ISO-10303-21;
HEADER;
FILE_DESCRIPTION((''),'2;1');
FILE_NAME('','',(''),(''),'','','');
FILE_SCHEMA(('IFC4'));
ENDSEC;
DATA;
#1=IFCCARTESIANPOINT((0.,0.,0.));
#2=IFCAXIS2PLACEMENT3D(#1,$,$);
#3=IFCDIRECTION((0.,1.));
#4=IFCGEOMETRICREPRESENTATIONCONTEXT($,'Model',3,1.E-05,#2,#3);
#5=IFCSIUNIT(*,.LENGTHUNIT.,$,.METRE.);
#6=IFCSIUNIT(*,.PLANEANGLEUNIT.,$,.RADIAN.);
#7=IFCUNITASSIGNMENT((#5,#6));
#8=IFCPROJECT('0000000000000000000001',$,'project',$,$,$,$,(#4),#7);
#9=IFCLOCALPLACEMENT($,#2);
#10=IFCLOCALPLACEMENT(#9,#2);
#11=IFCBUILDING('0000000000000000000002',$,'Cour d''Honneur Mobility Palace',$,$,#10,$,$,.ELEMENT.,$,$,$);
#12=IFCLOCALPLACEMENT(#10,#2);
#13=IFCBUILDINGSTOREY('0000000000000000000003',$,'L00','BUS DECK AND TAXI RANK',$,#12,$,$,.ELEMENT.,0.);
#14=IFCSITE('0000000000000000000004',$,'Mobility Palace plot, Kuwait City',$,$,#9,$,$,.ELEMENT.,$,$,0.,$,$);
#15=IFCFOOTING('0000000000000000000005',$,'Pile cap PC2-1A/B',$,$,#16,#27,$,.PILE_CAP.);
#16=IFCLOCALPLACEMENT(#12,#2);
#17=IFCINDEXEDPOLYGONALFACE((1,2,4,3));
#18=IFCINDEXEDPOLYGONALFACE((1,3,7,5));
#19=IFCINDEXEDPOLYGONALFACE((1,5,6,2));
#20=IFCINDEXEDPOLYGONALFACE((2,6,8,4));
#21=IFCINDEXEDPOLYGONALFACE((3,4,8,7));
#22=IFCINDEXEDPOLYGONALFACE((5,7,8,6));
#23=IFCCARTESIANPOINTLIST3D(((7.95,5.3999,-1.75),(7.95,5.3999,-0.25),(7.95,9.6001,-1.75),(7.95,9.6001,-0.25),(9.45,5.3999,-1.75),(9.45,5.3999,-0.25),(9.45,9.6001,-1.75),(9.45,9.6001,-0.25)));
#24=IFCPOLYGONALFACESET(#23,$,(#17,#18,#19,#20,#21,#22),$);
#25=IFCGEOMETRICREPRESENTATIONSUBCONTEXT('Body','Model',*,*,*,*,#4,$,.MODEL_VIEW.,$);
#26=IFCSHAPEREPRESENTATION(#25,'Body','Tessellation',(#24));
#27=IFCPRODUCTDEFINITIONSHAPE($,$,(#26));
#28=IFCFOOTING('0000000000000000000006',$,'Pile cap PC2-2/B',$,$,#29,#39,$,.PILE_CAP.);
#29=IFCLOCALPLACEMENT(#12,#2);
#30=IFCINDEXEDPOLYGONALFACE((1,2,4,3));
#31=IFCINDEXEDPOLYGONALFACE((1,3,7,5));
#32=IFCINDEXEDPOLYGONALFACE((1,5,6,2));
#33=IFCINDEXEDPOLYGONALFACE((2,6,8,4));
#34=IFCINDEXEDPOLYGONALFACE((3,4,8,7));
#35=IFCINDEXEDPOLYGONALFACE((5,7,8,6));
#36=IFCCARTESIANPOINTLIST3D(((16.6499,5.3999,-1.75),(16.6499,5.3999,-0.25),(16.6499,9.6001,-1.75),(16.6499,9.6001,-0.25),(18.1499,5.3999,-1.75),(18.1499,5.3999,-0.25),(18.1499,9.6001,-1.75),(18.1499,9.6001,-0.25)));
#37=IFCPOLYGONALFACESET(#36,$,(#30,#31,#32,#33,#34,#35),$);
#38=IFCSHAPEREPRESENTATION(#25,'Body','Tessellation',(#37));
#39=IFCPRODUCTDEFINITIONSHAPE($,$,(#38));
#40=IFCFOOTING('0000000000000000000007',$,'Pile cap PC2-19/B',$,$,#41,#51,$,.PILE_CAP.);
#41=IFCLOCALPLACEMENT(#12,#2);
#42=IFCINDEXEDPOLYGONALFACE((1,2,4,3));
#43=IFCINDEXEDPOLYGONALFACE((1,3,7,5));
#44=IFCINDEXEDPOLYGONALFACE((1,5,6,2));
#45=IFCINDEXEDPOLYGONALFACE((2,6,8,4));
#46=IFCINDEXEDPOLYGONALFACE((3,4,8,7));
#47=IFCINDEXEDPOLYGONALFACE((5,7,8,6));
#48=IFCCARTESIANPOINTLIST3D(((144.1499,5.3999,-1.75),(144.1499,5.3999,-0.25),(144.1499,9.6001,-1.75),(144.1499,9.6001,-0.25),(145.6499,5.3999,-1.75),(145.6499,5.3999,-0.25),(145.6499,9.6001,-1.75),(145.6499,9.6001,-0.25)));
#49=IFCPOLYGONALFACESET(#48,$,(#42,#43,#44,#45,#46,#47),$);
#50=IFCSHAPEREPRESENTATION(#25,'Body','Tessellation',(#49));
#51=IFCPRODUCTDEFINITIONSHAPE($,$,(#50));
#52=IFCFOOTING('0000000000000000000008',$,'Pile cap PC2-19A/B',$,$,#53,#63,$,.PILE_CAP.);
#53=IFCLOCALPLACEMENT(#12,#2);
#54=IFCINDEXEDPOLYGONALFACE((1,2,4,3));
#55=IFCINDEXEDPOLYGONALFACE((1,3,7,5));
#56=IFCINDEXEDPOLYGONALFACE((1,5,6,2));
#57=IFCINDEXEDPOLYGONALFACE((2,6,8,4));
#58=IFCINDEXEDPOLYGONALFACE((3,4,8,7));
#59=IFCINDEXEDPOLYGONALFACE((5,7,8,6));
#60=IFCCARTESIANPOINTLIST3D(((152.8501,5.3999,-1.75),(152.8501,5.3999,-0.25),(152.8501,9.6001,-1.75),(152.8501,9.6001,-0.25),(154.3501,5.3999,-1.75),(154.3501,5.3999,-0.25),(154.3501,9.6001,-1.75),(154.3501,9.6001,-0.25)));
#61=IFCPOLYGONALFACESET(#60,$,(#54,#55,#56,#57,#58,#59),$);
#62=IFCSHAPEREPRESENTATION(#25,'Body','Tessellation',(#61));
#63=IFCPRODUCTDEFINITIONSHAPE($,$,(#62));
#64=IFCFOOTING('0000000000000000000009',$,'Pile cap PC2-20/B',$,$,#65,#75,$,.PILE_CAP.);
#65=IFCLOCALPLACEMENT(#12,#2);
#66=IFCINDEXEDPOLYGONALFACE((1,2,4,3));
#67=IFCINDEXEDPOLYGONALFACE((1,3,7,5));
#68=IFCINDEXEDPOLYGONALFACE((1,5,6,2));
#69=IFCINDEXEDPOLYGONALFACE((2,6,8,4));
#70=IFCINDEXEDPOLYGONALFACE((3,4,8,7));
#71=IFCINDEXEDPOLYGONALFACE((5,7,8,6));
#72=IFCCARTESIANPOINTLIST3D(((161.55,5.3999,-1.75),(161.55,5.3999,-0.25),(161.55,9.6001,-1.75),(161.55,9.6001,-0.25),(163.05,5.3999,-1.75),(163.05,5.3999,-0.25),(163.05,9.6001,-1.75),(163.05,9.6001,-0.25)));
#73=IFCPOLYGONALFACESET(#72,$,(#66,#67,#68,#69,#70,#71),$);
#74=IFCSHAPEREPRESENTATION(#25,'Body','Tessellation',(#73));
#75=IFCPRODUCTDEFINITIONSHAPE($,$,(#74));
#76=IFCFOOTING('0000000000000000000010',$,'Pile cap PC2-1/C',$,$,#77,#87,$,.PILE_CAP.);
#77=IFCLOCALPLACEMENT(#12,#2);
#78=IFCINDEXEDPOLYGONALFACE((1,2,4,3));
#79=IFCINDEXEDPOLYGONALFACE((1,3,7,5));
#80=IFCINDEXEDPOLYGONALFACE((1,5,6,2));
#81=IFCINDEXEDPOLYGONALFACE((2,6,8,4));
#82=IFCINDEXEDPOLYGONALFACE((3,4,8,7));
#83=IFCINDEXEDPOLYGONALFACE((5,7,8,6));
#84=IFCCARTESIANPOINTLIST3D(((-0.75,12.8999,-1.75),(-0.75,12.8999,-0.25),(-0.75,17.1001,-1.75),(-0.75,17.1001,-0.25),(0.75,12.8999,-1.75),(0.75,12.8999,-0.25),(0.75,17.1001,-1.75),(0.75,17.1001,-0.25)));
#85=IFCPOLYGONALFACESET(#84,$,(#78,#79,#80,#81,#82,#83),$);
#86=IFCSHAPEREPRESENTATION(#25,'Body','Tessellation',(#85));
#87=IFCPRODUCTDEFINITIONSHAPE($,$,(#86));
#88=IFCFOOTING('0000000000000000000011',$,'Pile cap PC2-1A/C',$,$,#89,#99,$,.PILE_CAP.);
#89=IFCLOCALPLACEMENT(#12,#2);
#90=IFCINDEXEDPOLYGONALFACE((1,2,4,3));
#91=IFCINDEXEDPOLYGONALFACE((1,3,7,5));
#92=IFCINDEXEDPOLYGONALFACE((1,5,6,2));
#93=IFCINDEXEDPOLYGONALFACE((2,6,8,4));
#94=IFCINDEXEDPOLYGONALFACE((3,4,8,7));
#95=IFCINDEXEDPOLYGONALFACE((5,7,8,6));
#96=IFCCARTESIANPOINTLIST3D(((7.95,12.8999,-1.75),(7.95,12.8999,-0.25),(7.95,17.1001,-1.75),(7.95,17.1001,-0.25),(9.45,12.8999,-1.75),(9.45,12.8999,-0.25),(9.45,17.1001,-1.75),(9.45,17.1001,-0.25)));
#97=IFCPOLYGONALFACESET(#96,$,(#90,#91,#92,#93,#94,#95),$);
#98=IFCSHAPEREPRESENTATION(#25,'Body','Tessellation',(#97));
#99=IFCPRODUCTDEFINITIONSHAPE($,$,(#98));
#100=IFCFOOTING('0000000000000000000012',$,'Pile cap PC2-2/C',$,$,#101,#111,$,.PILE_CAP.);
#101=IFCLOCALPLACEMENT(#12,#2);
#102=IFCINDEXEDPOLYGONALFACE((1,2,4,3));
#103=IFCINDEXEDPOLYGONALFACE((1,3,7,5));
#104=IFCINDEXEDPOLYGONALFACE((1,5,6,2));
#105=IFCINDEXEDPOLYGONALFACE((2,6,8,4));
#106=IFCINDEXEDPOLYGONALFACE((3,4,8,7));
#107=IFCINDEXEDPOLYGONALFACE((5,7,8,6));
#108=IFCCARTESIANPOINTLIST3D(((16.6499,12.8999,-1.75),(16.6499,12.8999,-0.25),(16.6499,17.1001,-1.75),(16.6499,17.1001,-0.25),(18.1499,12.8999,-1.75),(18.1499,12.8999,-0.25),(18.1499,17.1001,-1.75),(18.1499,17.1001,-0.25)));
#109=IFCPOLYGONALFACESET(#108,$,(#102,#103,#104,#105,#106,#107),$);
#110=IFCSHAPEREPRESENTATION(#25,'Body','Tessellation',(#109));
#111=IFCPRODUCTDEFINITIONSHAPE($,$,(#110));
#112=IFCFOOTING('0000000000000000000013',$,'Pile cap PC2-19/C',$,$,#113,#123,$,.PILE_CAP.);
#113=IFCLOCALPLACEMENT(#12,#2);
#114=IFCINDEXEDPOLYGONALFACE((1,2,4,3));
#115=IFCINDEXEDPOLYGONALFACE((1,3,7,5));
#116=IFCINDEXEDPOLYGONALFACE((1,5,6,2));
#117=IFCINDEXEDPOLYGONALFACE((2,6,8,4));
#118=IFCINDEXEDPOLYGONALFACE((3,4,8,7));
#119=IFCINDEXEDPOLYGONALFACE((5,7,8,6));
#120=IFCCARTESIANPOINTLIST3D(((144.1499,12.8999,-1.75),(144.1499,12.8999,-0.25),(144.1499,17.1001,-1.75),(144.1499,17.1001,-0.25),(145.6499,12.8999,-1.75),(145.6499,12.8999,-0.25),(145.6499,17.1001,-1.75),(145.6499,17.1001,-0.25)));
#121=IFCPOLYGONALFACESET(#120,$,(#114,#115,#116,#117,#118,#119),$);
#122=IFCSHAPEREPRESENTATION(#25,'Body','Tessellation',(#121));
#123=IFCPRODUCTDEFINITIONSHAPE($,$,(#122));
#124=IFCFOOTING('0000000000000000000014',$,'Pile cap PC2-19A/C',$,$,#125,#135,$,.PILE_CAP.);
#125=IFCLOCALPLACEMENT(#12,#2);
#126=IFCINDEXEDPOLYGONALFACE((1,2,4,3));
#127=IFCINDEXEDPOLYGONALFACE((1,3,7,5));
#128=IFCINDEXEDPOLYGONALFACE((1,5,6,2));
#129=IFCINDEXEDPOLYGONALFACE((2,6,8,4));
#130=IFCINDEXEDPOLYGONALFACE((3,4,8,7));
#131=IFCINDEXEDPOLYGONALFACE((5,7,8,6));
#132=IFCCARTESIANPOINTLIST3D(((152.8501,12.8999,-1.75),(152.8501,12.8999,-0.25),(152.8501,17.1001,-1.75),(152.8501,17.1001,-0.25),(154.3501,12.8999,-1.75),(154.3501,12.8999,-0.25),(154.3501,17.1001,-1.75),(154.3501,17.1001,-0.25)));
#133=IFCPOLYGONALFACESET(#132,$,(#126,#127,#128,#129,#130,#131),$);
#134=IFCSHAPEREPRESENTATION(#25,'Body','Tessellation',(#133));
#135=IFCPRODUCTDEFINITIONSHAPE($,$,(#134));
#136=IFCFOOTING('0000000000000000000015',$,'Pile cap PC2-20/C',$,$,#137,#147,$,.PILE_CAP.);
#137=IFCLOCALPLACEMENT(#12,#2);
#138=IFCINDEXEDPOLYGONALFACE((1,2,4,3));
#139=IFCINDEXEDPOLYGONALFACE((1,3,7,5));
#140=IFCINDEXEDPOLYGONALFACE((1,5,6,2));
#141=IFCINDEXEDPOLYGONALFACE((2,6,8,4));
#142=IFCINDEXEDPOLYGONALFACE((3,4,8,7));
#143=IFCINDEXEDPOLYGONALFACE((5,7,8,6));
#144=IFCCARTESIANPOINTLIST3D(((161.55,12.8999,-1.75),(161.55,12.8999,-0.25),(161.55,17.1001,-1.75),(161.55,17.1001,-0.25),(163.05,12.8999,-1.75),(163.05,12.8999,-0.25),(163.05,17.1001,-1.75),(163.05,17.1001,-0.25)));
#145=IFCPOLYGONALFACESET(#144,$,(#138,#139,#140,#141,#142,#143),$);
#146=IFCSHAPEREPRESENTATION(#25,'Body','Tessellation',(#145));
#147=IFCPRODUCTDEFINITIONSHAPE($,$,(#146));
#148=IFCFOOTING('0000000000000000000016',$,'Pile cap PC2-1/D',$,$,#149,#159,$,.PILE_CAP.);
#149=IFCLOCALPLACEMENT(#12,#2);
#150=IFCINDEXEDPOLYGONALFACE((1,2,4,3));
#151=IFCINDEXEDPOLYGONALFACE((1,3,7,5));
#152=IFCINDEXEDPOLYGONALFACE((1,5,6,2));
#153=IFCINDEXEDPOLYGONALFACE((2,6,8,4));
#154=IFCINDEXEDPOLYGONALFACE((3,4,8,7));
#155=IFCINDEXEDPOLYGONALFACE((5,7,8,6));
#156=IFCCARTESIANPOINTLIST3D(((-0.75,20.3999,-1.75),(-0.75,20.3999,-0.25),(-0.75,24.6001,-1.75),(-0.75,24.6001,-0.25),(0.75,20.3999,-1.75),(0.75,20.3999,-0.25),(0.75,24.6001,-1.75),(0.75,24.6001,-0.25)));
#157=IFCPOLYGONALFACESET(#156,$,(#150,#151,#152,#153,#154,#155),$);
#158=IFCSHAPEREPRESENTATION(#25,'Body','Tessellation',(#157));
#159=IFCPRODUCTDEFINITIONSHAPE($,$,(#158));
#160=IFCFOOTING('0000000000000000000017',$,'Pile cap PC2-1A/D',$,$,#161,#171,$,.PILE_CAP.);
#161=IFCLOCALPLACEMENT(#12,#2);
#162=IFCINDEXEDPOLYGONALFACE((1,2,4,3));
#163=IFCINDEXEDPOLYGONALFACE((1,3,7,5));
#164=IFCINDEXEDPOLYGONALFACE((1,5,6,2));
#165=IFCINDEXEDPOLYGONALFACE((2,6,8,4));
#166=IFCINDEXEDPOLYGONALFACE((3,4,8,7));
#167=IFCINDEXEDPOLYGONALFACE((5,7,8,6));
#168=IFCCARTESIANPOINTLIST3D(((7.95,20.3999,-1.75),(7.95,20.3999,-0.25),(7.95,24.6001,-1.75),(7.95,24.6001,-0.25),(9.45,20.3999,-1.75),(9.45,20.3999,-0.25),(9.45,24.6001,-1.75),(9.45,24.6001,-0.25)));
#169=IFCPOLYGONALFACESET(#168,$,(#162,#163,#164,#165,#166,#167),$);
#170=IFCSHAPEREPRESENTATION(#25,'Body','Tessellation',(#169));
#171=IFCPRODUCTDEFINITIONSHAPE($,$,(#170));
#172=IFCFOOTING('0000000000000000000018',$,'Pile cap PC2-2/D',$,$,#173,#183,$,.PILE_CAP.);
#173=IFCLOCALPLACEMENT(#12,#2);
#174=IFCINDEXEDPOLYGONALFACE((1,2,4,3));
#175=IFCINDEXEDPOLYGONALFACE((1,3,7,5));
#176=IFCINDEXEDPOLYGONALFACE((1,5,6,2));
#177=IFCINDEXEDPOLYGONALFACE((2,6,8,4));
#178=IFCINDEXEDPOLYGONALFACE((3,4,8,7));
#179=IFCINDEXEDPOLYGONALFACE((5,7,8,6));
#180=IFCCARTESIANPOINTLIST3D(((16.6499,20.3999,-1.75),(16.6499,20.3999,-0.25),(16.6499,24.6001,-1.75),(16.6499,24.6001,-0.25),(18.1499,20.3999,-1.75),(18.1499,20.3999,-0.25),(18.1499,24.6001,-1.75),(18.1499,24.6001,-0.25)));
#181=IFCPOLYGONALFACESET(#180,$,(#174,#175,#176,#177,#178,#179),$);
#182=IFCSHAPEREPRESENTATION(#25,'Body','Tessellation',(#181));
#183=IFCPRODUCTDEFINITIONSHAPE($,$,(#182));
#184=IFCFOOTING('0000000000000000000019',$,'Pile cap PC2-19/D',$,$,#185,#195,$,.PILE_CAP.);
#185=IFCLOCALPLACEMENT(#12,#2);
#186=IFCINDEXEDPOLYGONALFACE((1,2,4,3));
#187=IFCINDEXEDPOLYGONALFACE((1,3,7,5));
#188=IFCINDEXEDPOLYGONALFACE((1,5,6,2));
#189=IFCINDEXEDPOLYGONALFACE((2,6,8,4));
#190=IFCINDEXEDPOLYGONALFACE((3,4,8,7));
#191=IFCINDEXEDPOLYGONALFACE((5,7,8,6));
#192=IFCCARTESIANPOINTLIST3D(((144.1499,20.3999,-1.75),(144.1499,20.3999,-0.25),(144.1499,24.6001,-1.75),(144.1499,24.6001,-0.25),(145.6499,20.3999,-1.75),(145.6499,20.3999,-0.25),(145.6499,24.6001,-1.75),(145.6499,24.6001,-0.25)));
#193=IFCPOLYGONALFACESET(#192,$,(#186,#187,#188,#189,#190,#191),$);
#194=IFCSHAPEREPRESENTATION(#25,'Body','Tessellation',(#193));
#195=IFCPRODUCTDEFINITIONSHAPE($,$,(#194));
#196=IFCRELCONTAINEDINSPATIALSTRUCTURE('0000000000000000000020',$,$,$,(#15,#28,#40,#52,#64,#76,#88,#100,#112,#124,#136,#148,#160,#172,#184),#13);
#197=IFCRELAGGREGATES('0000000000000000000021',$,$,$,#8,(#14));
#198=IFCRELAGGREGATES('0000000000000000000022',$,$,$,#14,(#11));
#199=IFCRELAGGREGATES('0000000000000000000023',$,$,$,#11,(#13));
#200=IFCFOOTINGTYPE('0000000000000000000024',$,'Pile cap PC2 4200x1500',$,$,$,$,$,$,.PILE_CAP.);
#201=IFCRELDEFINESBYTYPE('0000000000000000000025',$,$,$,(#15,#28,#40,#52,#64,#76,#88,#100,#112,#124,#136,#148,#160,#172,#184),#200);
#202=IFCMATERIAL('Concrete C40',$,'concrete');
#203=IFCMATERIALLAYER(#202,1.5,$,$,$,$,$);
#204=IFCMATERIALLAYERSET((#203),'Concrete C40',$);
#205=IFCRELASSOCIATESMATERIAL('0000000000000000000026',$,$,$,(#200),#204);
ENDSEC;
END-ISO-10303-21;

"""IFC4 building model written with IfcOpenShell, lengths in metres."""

from ifc_helpers import new_model, si_unit, direction, frame, origin, place, context, subcontext, project, spatial, polyline, outline, extrude, material, layer, layer_set, type_object, element, save


model = new_model("IFC4")

# Units and contexts
model_context = context("Model", 3, precision=1e-05, world=origin(), true_north=direction((0.0, 1.0)))
body_context = subcontext(model_context, "Body", "Model", "MODEL_VIEW")
ifc_project = project(units=[si_unit("LENGTHUNIT", "METRE"), si_unit("PLANEANGLEUNIT", "RADIAN")], contexts=[model_context])

# Site, building, storey
site_placement = place(None, origin())
site = spatial("IfcSite", under=ifc_project, at=site_placement, Name="Mobility Palace plot, Kuwait City", CompositionType="ELEMENT", RefElevation=0.0)
building_placement = place(site_placement, origin())
building = spatial("IfcBuilding", under=site, at=building_placement, Name="Cour d'Honneur Mobility Palace", CompositionType="ELEMENT")
storey_placement = place(building_placement, origin())
storey = spatial("IfcBuildingStorey", under=building, at=storey_placement, Name="L00", Description="BUS DECK AND TAXI RANK", CompositionType="ELEMENT", Elevation=0.0)

# Footings
ifc_material = material(Name="Concrete C40", Category="concrete")
ifc_layer = layer(ifc_material, 1.5)
ifc_layer_set = layer_set([ifc_layer], Name="Concrete C40")
footing_type = type_object("IfcFootingType", Name="Pile cap PC2 4200x1500", PredefinedType="PILE_CAP", material=ifc_layer_set)
footing_1_placement = place(storey_placement, frame((0.0, 0.0, -1.75)))
element("IfcFooting", 1, at=footing_1_placement, inside=storey, type_object=footing_type, Name="Pile cap PC2-1A/B", PredefinedType="PILE_CAP", context=body_context, shape_type="SweptSolid", body=[
    extrude(outline(polyline([(7.95, 5.3999), (9.45, 5.3999), (9.45, 9.6001), (7.95, 9.6001), (7.95, 5.3999)])), origin(), (0.0, 0.0, 1.0), 1.5),
])
footing_2_placement = place(storey_placement, frame((0.0, 0.0, -1.75)))
element("IfcFooting", 2, at=footing_2_placement, inside=storey, type_object=footing_type, Name="Pile cap PC2-2/B", PredefinedType="PILE_CAP", context=body_context, shape_type="SweptSolid", body=[
    extrude(outline(polyline([(16.6499, 5.3999), (18.1499, 5.3999), (18.1499, 9.6001), (16.6499, 9.6001), (16.6499, 5.3999)])), origin(), (0.0, 0.0, 1.0), 1.5),
])
footing_3_placement = place(storey_placement, frame((0.0, 0.0, -1.75)))
element("IfcFooting", 3, at=footing_3_placement, inside=storey, type_object=footing_type, Name="Pile cap PC2-19/B", PredefinedType="PILE_CAP", context=body_context, shape_type="SweptSolid", body=[
    extrude(outline(polyline([(144.1499, 5.3999), (145.6499, 5.3999), (145.6499, 9.6001), (144.1499, 9.6001), (144.1499, 5.3999)])), origin(), (0.0, 0.0, 1.0), 1.5),
])
footing_4_placement = place(storey_placement, frame((0.0, 0.0, -1.75)))
element("IfcFooting", 4, at=footing_4_placement, inside=storey, type_object=footing_type, Name="Pile cap PC2-19A/B", PredefinedType="PILE_CAP", context=body_context, shape_type="SweptSolid", body=[
    extrude(outline(polyline([(152.8501, 5.3999), (154.3501, 5.3999), (154.3501, 9.6001), (152.8501, 9.6001), (152.8501, 5.3999)])), origin(), (0.0, 0.0, 1.0), 1.5),
])
footing_5_placement = place(storey_placement, frame((0.0, 0.0, -1.75)))
element("IfcFooting", 5, at=footing_5_placement, inside=storey, type_object=footing_type, Name="Pile cap PC2-20/B", PredefinedType="PILE_CAP", context=body_context, shape_type="SweptSolid", body=[
    extrude(outline(polyline([(161.55, 5.3999), (163.05, 5.3999), (163.05, 9.6001), (161.55, 9.6001), (161.55, 5.3999)])), origin(), (0.0, 0.0, 1.0), 1.5),
])
footing_6_placement = place(storey_placement, frame((0.0, 0.0, -1.75)))
element("IfcFooting", 6, at=footing_6_placement, inside=storey, type_object=footing_type, Name="Pile cap PC2-1/C", PredefinedType="PILE_CAP", context=body_context, shape_type="SweptSolid", body=[
    extrude(outline(polyline([(-0.75, 12.8999), (0.75, 12.8999), (0.75, 17.1001), (-0.75, 17.1001), (-0.75, 12.8999)])), origin(), (0.0, 0.0, 1.0), 1.5),
])
footing_7_placement = place(storey_placement, frame((0.0, 0.0, -1.75)))
element("IfcFooting", 7, at=footing_7_placement, inside=storey, type_object=footing_type, Name="Pile cap PC2-1A/C", PredefinedType="PILE_CAP", context=body_context, shape_type="SweptSolid", body=[
    extrude(outline(polyline([(7.95, 12.8999), (9.45, 12.8999), (9.45, 17.1001), (7.95, 17.1001), (7.95, 12.8999)])), origin(), (0.0, 0.0, 1.0), 1.5),
])
footing_8_placement = place(storey_placement, frame((0.0, 0.0, -1.75)))
element("IfcFooting", 8, at=footing_8_placement, inside=storey, type_object=footing_type, Name="Pile cap PC2-2/C", PredefinedType="PILE_CAP", context=body_context, shape_type="SweptSolid", body=[
    extrude(outline(polyline([(16.6499, 12.8999), (18.1499, 12.8999), (18.1499, 17.1001), (16.6499, 17.1001), (16.6499, 12.8999)])), origin(), (0.0, 0.0, 1.0), 1.5),
])
footing_9_placement = place(storey_placement, frame((0.0, 0.0, -1.75)))
element("IfcFooting", 9, at=footing_9_placement, inside=storey, type_object=footing_type, Name="Pile cap PC2-19/C", PredefinedType="PILE_CAP", context=body_context, shape_type="SweptSolid", body=[
    extrude(outline(polyline([(144.1499, 12.8999), (145.6499, 12.8999), (145.6499, 17.1001), (144.1499, 17.1001), (144.1499, 12.8999)])), origin(), (0.0, 0.0, 1.0), 1.5),
])
footing_10_placement = place(storey_placement, frame((0.0, 0.0, -1.75)))
element("IfcFooting", 10, at=footing_10_placement, inside=storey, type_object=footing_type, Name="Pile cap PC2-19A/C", PredefinedType="PILE_CAP", context=body_context, shape_type="SweptSolid", body=[
    extrude(outline(polyline([(152.8501, 12.8999), (154.3501, 12.8999), (154.3501, 17.1001), (152.8501, 17.1001), (152.8501, 12.8999)])), origin(), (0.0, 0.0, 1.0), 1.5),
])
footing_11_placement = place(storey_placement, frame((0.0, 0.0, -1.75)))
element("IfcFooting", 11, at=footing_11_placement, inside=storey, type_object=footing_type, Name="Pile cap PC2-20/C", PredefinedType="PILE_CAP", context=body_context, shape_type="SweptSolid", body=[
    extrude(outline(polyline([(161.55, 12.8999), (163.05, 12.8999), (163.05, 17.1001), (161.55, 17.1001), (161.55, 12.8999)])), origin(), (0.0, 0.0, 1.0), 1.5),
])
footing_12_placement = place(storey_placement, frame((0.0, 0.0, -1.75)))
element("IfcFooting", 12, at=footing_12_placement, inside=storey, type_object=footing_type, Name="Pile cap PC2-1/D", PredefinedType="PILE_CAP", context=body_context, shape_type="SweptSolid", body=[
    extrude(outline(polyline([(-0.75, 20.3999), (0.75, 20.3999), (0.75, 24.6001), (-0.75, 24.6001), (-0.75, 20.3999)])), origin(), (0.0, 0.0, 1.0), 1.5),
])
footing_13_placement = place(storey_placement, frame((0.0, 0.0, -1.75)))
element("IfcFooting", 13, at=footing_13_placement, inside=storey, type_object=footing_type, Name="Pile cap PC2-1A/D", PredefinedType="PILE_CAP", context=body_context, shape_type="SweptSolid", body=[
    extrude(outline(polyline([(7.95, 20.3999), (9.45, 20.3999), (9.45, 24.6001), (7.95, 24.6001), (7.95, 20.3999)])), origin(), (0.0, 0.0, 1.0), 1.5),
])
footing_14_placement = place(storey_placement, frame((0.0, 0.0, -1.75)))
element("IfcFooting", 14, at=footing_14_placement, inside=storey, type_object=footing_type, Name="Pile cap PC2-2/D", PredefinedType="PILE_CAP", context=body_context, shape_type="SweptSolid", body=[
    extrude(outline(polyline([(16.6499, 20.3999), (18.1499, 20.3999), (18.1499, 24.6001), (16.6499, 24.6001), (16.6499, 20.3999)])), origin(), (0.0, 0.0, 1.0), 1.5),
])
footing_15_placement = place(storey_placement, frame((0.0, 0.0, -1.75)))
element("IfcFooting", 15, at=footing_15_placement, inside=storey, type_object=footing_type, Name="Pile cap PC2-19/D", PredefinedType="PILE_CAP", context=body_context, shape_type="SweptSolid", body=[
    extrude(outline(polyline([(144.1499, 20.3999), (145.6499, 20.3999), (145.6499, 24.6001), (144.1499, 24.6001), (144.1499, 20.3999)])), origin(), (0.0, 0.0, 1.0), 1.5),
])

save(model, "model.ifc")
